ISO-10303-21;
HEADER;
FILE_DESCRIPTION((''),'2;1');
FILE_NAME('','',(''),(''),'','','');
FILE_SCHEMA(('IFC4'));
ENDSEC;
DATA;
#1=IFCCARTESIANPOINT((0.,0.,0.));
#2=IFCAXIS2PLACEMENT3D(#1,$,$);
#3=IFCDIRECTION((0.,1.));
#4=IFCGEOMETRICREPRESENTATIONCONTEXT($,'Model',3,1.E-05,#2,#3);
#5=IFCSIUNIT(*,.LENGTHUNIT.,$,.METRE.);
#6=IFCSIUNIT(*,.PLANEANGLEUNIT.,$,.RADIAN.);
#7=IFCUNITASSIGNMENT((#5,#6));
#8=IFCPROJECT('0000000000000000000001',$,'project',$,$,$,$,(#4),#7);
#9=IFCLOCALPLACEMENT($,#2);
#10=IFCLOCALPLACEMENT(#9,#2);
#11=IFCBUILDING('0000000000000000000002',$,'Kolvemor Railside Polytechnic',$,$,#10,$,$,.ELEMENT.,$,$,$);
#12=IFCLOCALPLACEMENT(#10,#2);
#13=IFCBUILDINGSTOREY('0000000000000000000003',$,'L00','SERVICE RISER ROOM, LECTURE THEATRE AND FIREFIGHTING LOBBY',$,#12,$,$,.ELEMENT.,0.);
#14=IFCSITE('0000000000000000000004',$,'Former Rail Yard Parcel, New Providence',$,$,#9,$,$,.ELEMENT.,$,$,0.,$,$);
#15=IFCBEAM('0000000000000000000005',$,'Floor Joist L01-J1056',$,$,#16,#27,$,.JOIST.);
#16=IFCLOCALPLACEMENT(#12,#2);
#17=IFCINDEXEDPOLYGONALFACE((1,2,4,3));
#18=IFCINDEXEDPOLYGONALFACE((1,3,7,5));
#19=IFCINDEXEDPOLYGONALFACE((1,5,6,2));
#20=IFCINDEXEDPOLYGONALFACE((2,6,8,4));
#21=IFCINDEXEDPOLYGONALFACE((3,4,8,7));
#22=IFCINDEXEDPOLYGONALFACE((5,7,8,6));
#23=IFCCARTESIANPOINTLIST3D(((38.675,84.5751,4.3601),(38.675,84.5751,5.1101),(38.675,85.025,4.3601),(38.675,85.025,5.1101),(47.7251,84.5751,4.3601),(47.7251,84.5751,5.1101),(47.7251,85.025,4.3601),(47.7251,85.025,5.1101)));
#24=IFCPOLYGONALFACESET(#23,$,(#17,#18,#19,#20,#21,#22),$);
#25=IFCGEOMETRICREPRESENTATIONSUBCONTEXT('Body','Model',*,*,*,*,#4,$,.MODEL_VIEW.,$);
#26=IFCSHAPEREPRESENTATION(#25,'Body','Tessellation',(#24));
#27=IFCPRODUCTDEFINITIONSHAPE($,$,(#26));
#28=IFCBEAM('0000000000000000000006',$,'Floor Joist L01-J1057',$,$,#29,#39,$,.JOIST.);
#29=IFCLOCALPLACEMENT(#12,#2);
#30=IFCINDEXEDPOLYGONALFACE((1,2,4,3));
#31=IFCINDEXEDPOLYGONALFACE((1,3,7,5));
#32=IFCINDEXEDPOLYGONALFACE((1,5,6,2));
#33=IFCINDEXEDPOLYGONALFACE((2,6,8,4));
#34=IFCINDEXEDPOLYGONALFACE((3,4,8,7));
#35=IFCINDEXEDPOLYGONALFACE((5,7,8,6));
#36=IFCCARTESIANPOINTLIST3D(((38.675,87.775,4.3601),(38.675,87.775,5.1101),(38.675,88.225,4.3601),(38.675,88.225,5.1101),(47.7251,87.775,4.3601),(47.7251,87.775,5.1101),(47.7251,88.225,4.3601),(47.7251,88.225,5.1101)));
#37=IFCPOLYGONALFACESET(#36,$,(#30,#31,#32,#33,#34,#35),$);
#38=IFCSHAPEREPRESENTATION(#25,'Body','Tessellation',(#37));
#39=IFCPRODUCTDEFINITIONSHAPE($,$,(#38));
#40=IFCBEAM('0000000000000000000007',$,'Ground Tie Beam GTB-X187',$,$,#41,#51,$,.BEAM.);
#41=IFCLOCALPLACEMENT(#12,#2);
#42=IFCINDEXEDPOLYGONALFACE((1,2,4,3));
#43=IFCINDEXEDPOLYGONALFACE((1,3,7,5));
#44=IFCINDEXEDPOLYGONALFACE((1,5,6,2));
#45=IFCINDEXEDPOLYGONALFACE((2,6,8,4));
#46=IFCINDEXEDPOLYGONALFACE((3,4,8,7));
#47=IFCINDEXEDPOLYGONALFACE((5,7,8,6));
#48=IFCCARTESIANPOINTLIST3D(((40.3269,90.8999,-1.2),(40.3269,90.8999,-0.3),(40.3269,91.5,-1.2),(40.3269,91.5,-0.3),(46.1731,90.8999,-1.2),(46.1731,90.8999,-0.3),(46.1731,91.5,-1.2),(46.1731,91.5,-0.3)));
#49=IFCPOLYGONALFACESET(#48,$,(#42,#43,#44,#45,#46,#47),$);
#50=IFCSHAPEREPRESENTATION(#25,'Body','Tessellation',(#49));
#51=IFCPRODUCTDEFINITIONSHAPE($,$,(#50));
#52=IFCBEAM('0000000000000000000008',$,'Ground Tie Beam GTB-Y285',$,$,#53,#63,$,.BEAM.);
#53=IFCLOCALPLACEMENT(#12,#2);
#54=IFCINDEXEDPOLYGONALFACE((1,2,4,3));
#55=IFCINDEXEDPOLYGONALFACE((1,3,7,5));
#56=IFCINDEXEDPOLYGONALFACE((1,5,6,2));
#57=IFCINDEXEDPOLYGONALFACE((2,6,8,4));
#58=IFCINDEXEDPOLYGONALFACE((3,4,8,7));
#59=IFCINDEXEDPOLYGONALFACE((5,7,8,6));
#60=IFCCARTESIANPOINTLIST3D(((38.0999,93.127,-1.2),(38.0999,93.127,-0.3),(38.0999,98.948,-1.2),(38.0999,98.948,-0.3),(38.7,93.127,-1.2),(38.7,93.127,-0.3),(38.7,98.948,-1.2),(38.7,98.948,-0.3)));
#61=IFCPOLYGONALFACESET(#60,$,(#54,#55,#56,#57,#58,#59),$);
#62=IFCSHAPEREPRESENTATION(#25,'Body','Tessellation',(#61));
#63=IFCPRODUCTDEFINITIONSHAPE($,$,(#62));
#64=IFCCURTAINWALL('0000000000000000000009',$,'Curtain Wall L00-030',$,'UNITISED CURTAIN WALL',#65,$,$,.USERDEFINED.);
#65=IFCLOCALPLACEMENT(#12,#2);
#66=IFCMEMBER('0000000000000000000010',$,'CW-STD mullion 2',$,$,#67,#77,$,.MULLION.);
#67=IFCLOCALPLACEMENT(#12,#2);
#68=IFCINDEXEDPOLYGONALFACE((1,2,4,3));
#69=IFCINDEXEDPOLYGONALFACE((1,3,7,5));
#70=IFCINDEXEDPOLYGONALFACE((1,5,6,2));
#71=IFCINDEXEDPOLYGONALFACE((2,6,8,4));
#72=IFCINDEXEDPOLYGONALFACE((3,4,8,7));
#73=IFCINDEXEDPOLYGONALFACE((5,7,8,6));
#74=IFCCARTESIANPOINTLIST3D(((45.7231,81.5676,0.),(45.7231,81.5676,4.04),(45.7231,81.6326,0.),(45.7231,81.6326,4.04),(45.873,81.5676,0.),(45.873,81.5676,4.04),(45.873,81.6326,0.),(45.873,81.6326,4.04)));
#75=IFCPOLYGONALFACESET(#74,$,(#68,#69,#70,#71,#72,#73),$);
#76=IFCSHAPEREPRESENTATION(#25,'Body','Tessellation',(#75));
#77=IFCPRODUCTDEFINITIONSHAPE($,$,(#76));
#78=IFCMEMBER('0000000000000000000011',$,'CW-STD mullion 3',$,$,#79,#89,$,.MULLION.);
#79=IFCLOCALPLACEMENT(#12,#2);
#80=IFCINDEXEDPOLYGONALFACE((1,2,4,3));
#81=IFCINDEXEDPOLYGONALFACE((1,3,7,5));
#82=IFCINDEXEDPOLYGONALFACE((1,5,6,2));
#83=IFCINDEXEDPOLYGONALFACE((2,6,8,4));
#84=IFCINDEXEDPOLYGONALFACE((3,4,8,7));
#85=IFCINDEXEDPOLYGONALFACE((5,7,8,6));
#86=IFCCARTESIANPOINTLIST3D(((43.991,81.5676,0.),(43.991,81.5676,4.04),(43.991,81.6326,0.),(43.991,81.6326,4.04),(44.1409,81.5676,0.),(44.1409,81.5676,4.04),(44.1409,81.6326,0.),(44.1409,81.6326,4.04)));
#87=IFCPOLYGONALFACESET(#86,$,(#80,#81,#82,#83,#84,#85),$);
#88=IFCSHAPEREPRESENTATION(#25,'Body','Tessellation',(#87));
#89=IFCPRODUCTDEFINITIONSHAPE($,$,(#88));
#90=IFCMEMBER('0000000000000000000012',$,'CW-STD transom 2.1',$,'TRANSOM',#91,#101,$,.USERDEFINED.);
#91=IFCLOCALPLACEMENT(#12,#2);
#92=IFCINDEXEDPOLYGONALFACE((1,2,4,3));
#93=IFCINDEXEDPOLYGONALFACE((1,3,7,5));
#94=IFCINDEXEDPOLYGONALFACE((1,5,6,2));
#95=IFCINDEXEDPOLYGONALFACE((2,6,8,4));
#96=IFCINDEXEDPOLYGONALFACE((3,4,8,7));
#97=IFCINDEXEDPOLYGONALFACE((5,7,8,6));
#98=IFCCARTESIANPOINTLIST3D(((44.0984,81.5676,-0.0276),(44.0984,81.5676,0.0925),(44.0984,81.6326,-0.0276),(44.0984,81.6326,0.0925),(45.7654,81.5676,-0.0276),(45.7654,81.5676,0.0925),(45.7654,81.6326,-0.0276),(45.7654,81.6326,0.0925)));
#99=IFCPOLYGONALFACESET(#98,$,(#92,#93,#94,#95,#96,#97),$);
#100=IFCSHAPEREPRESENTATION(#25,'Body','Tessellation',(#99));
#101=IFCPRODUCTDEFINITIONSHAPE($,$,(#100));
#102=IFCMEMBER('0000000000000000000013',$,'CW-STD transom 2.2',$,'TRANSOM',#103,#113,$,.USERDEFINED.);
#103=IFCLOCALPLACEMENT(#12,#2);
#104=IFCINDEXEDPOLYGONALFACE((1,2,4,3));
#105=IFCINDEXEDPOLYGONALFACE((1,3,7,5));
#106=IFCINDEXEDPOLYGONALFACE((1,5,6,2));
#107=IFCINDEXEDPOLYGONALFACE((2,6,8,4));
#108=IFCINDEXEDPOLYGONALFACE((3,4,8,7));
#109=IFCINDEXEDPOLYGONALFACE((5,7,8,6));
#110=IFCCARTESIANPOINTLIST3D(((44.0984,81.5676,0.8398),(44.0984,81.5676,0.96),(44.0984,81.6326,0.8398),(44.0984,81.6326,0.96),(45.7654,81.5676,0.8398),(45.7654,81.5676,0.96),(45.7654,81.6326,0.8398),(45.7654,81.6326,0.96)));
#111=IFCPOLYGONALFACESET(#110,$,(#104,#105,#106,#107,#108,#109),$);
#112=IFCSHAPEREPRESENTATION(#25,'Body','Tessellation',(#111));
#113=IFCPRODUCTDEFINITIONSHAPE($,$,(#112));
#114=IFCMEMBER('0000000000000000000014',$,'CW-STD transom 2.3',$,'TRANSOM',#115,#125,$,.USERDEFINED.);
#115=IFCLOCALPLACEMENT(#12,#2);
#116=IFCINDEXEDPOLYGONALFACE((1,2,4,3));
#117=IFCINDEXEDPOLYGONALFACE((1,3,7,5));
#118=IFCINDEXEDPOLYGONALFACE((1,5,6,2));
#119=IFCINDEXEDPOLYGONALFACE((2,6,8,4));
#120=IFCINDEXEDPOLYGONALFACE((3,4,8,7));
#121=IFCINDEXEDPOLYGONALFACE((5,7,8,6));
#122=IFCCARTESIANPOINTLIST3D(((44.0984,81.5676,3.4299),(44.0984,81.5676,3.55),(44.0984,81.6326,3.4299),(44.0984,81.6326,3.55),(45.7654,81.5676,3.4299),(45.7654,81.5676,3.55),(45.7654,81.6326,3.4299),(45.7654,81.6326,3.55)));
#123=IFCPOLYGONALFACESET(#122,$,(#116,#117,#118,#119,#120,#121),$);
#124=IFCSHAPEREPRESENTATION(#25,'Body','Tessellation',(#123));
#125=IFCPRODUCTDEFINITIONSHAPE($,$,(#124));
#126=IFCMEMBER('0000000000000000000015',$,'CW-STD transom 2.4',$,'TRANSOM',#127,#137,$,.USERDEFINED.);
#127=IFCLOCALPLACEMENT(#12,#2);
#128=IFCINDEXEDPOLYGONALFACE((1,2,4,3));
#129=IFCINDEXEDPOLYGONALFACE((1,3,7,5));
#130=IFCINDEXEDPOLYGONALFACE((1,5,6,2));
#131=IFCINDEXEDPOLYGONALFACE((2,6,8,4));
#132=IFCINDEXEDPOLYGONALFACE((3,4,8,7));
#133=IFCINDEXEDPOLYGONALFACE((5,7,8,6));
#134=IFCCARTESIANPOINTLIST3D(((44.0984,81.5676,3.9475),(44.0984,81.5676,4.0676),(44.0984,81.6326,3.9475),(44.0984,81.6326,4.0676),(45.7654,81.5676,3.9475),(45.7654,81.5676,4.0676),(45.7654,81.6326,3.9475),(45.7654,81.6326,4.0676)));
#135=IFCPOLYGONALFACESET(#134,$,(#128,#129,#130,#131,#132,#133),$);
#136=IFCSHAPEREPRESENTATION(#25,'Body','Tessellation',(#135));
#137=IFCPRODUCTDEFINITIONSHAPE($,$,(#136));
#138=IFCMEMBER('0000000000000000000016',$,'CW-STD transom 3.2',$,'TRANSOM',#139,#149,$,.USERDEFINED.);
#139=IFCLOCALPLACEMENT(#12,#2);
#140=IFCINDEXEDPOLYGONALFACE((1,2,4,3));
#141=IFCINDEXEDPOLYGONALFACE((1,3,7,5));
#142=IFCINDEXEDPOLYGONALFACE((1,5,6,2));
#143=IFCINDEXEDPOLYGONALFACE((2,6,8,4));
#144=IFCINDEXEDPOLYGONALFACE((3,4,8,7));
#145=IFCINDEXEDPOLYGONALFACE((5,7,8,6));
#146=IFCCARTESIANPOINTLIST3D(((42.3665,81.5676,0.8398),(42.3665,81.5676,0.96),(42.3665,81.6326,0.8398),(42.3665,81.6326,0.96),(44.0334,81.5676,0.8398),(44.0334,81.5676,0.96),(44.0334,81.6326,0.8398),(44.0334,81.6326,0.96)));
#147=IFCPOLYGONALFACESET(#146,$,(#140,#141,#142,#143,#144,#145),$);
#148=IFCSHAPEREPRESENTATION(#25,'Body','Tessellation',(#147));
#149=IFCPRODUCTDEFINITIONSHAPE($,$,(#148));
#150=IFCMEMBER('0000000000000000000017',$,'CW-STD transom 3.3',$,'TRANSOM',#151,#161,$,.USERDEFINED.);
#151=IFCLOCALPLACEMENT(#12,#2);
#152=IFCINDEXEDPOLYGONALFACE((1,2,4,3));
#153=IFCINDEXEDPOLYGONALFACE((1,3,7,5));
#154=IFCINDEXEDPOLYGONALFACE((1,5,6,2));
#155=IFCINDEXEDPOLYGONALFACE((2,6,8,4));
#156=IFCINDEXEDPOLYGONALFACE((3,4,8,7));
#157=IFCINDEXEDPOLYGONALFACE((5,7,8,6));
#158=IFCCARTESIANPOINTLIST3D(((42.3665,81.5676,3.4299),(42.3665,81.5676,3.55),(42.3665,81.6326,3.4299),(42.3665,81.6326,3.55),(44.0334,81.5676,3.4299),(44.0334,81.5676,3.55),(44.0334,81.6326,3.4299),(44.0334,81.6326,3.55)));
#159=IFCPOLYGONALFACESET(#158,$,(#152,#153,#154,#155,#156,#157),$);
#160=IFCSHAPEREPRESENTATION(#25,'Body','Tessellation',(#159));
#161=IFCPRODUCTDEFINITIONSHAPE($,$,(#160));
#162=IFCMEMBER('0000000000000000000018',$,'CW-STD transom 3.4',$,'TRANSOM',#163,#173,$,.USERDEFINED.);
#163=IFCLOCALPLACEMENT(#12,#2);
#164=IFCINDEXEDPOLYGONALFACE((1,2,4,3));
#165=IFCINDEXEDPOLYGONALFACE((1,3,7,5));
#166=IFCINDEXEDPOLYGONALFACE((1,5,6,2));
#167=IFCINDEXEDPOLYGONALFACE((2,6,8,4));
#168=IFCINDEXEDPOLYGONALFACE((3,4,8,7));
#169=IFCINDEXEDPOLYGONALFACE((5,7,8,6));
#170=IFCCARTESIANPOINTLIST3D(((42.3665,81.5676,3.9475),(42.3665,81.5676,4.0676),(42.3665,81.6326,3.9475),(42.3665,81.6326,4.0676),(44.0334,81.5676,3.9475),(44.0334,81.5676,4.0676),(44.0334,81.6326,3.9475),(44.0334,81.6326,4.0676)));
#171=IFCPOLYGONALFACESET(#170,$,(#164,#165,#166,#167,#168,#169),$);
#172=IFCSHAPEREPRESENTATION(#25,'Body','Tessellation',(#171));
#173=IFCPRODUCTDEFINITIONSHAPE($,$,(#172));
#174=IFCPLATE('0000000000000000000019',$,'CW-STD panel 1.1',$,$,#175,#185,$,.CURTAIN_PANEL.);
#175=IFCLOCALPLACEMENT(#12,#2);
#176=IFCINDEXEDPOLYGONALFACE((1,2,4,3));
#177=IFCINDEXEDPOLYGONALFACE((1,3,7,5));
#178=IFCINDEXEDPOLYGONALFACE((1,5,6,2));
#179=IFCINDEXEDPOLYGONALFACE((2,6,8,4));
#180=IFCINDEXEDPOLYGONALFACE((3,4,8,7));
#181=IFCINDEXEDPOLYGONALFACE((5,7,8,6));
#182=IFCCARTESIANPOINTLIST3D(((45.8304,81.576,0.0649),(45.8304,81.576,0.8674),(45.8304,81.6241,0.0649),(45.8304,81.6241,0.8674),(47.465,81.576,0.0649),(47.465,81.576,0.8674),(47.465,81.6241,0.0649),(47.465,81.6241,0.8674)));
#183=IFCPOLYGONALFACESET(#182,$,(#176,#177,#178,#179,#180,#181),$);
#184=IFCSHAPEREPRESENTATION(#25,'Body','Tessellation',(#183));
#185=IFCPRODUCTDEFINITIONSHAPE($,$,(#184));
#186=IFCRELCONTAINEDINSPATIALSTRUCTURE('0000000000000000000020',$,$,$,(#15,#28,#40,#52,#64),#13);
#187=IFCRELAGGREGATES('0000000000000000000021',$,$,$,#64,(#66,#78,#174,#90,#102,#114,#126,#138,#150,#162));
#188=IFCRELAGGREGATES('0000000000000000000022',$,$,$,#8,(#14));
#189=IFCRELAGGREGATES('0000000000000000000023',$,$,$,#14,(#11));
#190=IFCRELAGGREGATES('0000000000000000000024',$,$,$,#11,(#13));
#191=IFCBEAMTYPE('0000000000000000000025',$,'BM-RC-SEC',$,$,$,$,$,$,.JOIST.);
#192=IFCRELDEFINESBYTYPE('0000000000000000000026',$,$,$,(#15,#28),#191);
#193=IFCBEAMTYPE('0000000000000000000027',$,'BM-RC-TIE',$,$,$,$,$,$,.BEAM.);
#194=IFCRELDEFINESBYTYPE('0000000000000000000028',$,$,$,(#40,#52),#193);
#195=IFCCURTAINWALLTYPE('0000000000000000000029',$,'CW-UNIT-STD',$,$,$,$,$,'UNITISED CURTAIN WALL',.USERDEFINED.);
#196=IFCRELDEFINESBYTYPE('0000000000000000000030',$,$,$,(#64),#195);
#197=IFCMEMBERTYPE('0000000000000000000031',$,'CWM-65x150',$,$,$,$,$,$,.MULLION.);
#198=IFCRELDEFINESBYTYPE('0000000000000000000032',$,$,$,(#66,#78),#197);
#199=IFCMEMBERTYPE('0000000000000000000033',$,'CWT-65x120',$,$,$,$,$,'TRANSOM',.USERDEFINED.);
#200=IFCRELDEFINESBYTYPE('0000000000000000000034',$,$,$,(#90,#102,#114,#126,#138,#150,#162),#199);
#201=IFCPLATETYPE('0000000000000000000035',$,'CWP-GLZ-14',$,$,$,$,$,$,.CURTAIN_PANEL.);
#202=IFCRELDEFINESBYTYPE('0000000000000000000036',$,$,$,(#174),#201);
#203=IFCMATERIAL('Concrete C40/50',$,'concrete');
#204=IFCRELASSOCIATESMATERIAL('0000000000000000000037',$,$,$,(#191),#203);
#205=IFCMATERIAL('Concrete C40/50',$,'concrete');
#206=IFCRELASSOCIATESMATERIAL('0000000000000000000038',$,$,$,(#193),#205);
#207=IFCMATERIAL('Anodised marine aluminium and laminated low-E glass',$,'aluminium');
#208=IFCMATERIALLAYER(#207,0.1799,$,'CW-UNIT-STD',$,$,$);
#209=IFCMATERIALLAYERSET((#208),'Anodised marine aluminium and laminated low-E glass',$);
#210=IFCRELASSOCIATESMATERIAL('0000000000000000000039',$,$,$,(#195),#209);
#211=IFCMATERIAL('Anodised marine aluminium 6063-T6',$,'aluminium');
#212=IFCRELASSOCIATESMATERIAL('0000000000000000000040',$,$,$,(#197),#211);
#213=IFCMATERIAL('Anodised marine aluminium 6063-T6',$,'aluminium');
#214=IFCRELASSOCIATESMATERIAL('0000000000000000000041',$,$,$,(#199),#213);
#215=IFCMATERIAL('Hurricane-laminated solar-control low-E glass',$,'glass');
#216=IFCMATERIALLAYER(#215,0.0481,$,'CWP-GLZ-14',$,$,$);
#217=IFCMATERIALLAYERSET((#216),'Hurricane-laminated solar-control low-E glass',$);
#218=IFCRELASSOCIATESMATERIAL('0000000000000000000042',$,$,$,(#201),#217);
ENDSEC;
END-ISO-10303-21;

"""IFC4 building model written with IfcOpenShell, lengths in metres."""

from ifc_helpers import new_model, si_unit, direction, frame, origin, origin_2d, place, context, subcontext, project, spatial, rectangle, extrude, material, layer, layer_set, material_profile, profile_set, type_object, element, aggregate, save


model = new_model("IFC4")

# Units and contexts
model_context = context("Model", 3, precision=1e-05, world=origin(), true_north=direction((0.0, 1.0)))
body_context = subcontext(model_context, "Body", "Model", "MODEL_VIEW")
ifc_project = project(units=[si_unit("LENGTHUNIT", "METRE"), si_unit("PLANEANGLEUNIT", "RADIAN")], contexts=[model_context])

# Site, building, storey
site_placement = place(None, origin())
site = spatial("IfcSite", under=ifc_project, at=site_placement, Name="Former Rail Yard Parcel, New Providence", CompositionType="ELEMENT", RefElevation=0.0)
building_placement = place(site_placement, origin())
building = spatial("IfcBuilding", under=site, at=building_placement, Name="Kolvemor Railside Polytechnic", CompositionType="ELEMENT")
storey_placement = place(building_placement, origin())
storey = spatial("IfcBuildingStorey", under=building, at=storey_placement, Name="L00", Description="SERVICE RISER ROOM, LECTURE THEATRE AND FIREFIGHTING LOBBY", CompositionType="ELEMENT", Elevation=0.0)

# Beams
ifc_material_1 = material(Name="Concrete C40/50", Category="concrete")
ifc_material_profile_1 = material_profile(ifc_material_1, rectangle(XDim=0.45, YDim=0.75, at=origin_2d()), Name="RC450x750")
ifc_profile_set_1 = profile_set([ifc_material_profile_1], Name="Concrete C40/50")
beam_type_1 = type_object("IfcBeamType", Name="BM-RC-SEC", PredefinedType="JOIST", material=ifc_profile_set_1)
for number, where, z_axis, x_axis, name in (
    (1, (38.675, 84.8, 4.7351), (1.0, 0.0, 0.0), (0.0, 1.0, 0.0), "Floor Joist L01-J1056"),
    (2, (38.675, 88.0, 4.7351), (1.0, 0.0, 0.0), (0.0, 1.0, 0.0), "Floor Joist L01-J1057"),
):
    element("IfcBeam", number, at=place(storey_placement, frame(where, z_axis=z_axis, x_axis=x_axis)), inside=storey, type_object=beam_type_1, Name=name, PredefinedType="JOIST", context=body_context, shape_type="SweptSolid", body=[
        extrude(rectangle(XDim=0.45, YDim=0.75, at=origin_2d()), origin(), (0.0, 0.0, 1.0), 9.05),
    ])
ifc_material_2 = material(Name="Concrete C40/50", Category="concrete")
ifc_material_profile_2 = material_profile(ifc_material_2, rectangle(XDim=0.6001, YDim=0.8999, at=origin_2d()), Name="RC600x900")
ifc_profile_set_2 = profile_set([ifc_material_profile_2], Name="Concrete C40/50")
beam_type_2 = type_object("IfcBeamType", Name="BM-RC-TIE", PredefinedType="BEAM", material=ifc_profile_set_2)
beam_1_placement = place(storey_placement, frame((40.3269, 91.2, -0.75), z_axis=(1.0, 0.0, 0.0), x_axis=(0.0, 1.0, 0.0)))
element("IfcBeam", 3, at=beam_1_placement, inside=storey, type_object=beam_type_2, Name="Ground Tie Beam GTB-X187", PredefinedType="BEAM", context=body_context, shape_type="SweptSolid", body=[
    extrude(rectangle(XDim=0.6001, YDim=0.8999, at=origin_2d()), origin(), (0.0, 0.0, 1.0), 5.8462),
])
beam_2_placement = place(storey_placement, frame((38.3999, 93.127, -0.75), z_axis=(0.0, 1.0, 0.0), x_axis=(-1.0, 0.0, 0.0)))
element("IfcBeam", 4, at=beam_2_placement, inside=storey, type_object=beam_type_2, Name="Ground Tie Beam GTB-Y285", PredefinedType="BEAM", context=body_context, shape_type="SweptSolid", body=[
    extrude(rectangle(XDim=0.6001, YDim=0.8999, at=origin_2d()), origin(), (0.0, 0.0, 1.0), 5.821),
])

# Curtain wall, members, plate
ifc_material_3 = material(Name="Anodised marine aluminium and laminated low-E glass", Category="aluminium")
ifc_layer_1 = layer(ifc_material_3, 0.1799, Name="CW-UNIT-STD")
ifc_layer_set_1 = layer_set([ifc_layer_1], Name="Anodised marine aluminium and laminated low-E glass")
curtain_wall_type = type_object("IfcCurtainWallType", Name="CW-UNIT-STD", ElementType="UNITISED CURTAIN WALL", PredefinedType="USERDEFINED", material=ifc_layer_set_1)
curtain_wall_placement = place(storey_placement, origin())
curtain_wall = element("IfcCurtainWall", 5, at=curtain_wall_placement, inside=storey, type_object=curtain_wall_type, Name="Curtain Wall L00-030", ObjectType="UNITISED CURTAIN WALL", PredefinedType="USERDEFINED")
ifc_material_4 = material(Name="Anodised marine aluminium 6063-T6", Category="aluminium")
ifc_material_profile_3 = material_profile(ifc_material_4, rectangle(XDim=0.0649, YDim=0.1499, at=origin_2d()), Name="CW-MUL-65x150")
ifc_profile_set_3 = profile_set([ifc_material_profile_3], Name="Anodised marine aluminium 6063-T6")
member_type_1 = type_object("IfcMemberType", Name="CWM-65x150", PredefinedType="MULLION", material=ifc_profile_set_3)
member_1_placement = place(storey_placement, frame((45.7981, 81.6001, 0.0), z_axis=(0.0, 0.0, 1.0), x_axis=(0.0, -1.0, 0.0)))
member_1 = element("IfcMember", 6, at=member_1_placement, type_object=member_type_1, Name="CW-STD mullion 2", PredefinedType="MULLION", context=body_context, shape_type="SweptSolid", body=[
    extrude(rectangle(XDim=0.0649, YDim=0.1499, at=origin_2d()), origin(), (0.0, 0.0, 1.0), 4.04),
])
member_2_placement = place(storey_placement, frame((44.0659, 81.6001, 0.0), z_axis=(0.0, 0.0, 1.0), x_axis=(0.0, -1.0, 0.0)))
member_2 = element("IfcMember", 7, at=member_2_placement, type_object=member_type_1, Name="CW-STD mullion 3", PredefinedType="MULLION", context=body_context, shape_type="SweptSolid", body=[
    extrude(rectangle(XDim=0.0649, YDim=0.1499, at=origin_2d()), origin(), (0.0, 0.0, 1.0), 4.04),
])
ifc_material_5 = material(Name="Anodised marine aluminium 6063-T6", Category="aluminium")
ifc_material_profile_4 = material_profile(ifc_material_5, rectangle(XDim=0.0649, YDim=0.1201, at=origin_2d()), Name="CW-TRN-65x120")
ifc_profile_set_4 = profile_set([ifc_material_profile_4], Name="Anodised marine aluminium 6063-T6")
member_type_2 = type_object("IfcMemberType", Name="CWT-65x120", ElementType="TRANSOM", PredefinedType="USERDEFINED", material=ifc_profile_set_4)
member_3_placement = place(storey_placement, frame((45.7654, 81.6001, 0.0325), z_axis=(-1.0, 0.0, 0.0), x_axis=(0.0, -1.0, 0.0)))
member_3 = element("IfcMember", 8, at=member_3_placement, type_object=member_type_2, Name="CW-STD transom 2.1", ObjectType="TRANSOM", PredefinedType="USERDEFINED", context=body_context, shape_type="SweptSolid", body=[
    extrude(rectangle(XDim=0.0649, YDim=0.1201, at=origin_2d()), origin(), (0.0, 0.0, 1.0), 1.667),
])
member_4_placement = place(storey_placement, frame((45.7654, 81.6001, 0.8999), z_axis=(-1.0, 0.0, 0.0), x_axis=(0.0, -1.0, 0.0)))
member_4 = element("IfcMember", 9, at=member_4_placement, type_object=member_type_2, Name="CW-STD transom 2.2", ObjectType="TRANSOM", PredefinedType="USERDEFINED", context=body_context, shape_type="SweptSolid", body=[
    extrude(rectangle(XDim=0.0649, YDim=0.1201, at=origin_2d()), origin(), (0.0, 0.0, 1.0), 1.667),
])
member_5_placement = place(storey_placement, frame((45.7654, 81.6001, 3.49), z_axis=(-1.0, 0.0, 0.0), x_axis=(0.0, -1.0, 0.0)))
member_5 = element("IfcMember", 10, at=member_5_placement, type_object=member_type_2, Name="CW-STD transom 2.3", ObjectType="TRANSOM", PredefinedType="USERDEFINED", context=body_context, shape_type="SweptSolid", body=[
    extrude(rectangle(XDim=0.0649, YDim=0.1201, at=origin_2d()), origin(), (0.0, 0.0, 1.0), 1.667),
])
member_6_placement = place(storey_placement, frame((45.7654, 81.6001, 4.0076), z_axis=(-1.0, 0.0, 0.0), x_axis=(0.0, -1.0, 0.0)))
member_6 = element("IfcMember", 11, at=member_6_placement, type_object=member_type_2, Name="CW-STD transom 2.4", ObjectType="TRANSOM", PredefinedType="USERDEFINED", context=body_context, shape_type="SweptSolid", body=[
    extrude(rectangle(XDim=0.0649, YDim=0.1201, at=origin_2d()), origin(), (0.0, 0.0, 1.0), 1.667),
])
member_7_placement = place(storey_placement, frame((44.0334, 81.6001, 0.8999), z_axis=(-1.0, 0.0, 0.0), x_axis=(0.0, -1.0, 0.0)))
member_7 = element("IfcMember", 12, at=member_7_placement, type_object=member_type_2, Name="CW-STD transom 3.2", ObjectType="TRANSOM", PredefinedType="USERDEFINED", context=body_context, shape_type="SweptSolid", body=[
    extrude(rectangle(XDim=0.0649, YDim=0.1201, at=origin_2d()), origin(), (0.0, 0.0, 1.0), 1.667),
])
member_8_placement = place(storey_placement, frame((44.0334, 81.6001, 3.49), z_axis=(-1.0, 0.0, 0.0), x_axis=(0.0, -1.0, 0.0)))
member_8 = element("IfcMember", 13, at=member_8_placement, type_object=member_type_2, Name="CW-STD transom 3.3", ObjectType="TRANSOM", PredefinedType="USERDEFINED", context=body_context, shape_type="SweptSolid", body=[
    extrude(rectangle(XDim=0.0649, YDim=0.1201, at=origin_2d()), origin(), (0.0, 0.0, 1.0), 1.667),
])
member_9_placement = place(storey_placement, frame((44.0334, 81.6001, 4.0076), z_axis=(-1.0, 0.0, 0.0), x_axis=(0.0, -1.0, 0.0)))
member_9 = element("IfcMember", 14, at=member_9_placement, type_object=member_type_2, Name="CW-STD transom 3.4", ObjectType="TRANSOM", PredefinedType="USERDEFINED", context=body_context, shape_type="SweptSolid", body=[
    extrude(rectangle(XDim=0.0649, YDim=0.1201, at=origin_2d()), origin(), (0.0, 0.0, 1.0), 1.667),
])
ifc_material_6 = material(Name="Hurricane-laminated solar-control low-E glass", Category="glass")
ifc_layer_2 = layer(ifc_material_6, 0.0481, Name="CWP-GLZ-14")
ifc_layer_set_2 = layer_set([ifc_layer_2], Name="Hurricane-laminated solar-control low-E glass")
plate_type = type_object("IfcPlateType", Name="CWP-GLZ-14", PredefinedType="CURTAIN_PANEL", material=ifc_layer_set_2)
plate_1_placement = place(storey_placement, frame((46.6477, 81.6001, 0.0649), z_axis=(0.0, 0.0, 1.0), x_axis=(-1.0, 0.0, 0.0)))
plate_1 = element("IfcPlate", 15, at=plate_1_placement, type_object=plate_type, Name="CW-STD panel 1.1", PredefinedType="CURTAIN_PANEL", context=body_context, shape_type="SweptSolid", body=[
    extrude(rectangle(XDim=1.6345, YDim=0.0481, at=origin_2d()), origin(), (0.0, 0.0, 1.0), 0.8025),
])
aggregate(curtain_wall, [member_1, member_2, plate_1, member_3, member_4, member_5, member_6, member_7, member_8, member_9])

save(model, "model.ifc")
